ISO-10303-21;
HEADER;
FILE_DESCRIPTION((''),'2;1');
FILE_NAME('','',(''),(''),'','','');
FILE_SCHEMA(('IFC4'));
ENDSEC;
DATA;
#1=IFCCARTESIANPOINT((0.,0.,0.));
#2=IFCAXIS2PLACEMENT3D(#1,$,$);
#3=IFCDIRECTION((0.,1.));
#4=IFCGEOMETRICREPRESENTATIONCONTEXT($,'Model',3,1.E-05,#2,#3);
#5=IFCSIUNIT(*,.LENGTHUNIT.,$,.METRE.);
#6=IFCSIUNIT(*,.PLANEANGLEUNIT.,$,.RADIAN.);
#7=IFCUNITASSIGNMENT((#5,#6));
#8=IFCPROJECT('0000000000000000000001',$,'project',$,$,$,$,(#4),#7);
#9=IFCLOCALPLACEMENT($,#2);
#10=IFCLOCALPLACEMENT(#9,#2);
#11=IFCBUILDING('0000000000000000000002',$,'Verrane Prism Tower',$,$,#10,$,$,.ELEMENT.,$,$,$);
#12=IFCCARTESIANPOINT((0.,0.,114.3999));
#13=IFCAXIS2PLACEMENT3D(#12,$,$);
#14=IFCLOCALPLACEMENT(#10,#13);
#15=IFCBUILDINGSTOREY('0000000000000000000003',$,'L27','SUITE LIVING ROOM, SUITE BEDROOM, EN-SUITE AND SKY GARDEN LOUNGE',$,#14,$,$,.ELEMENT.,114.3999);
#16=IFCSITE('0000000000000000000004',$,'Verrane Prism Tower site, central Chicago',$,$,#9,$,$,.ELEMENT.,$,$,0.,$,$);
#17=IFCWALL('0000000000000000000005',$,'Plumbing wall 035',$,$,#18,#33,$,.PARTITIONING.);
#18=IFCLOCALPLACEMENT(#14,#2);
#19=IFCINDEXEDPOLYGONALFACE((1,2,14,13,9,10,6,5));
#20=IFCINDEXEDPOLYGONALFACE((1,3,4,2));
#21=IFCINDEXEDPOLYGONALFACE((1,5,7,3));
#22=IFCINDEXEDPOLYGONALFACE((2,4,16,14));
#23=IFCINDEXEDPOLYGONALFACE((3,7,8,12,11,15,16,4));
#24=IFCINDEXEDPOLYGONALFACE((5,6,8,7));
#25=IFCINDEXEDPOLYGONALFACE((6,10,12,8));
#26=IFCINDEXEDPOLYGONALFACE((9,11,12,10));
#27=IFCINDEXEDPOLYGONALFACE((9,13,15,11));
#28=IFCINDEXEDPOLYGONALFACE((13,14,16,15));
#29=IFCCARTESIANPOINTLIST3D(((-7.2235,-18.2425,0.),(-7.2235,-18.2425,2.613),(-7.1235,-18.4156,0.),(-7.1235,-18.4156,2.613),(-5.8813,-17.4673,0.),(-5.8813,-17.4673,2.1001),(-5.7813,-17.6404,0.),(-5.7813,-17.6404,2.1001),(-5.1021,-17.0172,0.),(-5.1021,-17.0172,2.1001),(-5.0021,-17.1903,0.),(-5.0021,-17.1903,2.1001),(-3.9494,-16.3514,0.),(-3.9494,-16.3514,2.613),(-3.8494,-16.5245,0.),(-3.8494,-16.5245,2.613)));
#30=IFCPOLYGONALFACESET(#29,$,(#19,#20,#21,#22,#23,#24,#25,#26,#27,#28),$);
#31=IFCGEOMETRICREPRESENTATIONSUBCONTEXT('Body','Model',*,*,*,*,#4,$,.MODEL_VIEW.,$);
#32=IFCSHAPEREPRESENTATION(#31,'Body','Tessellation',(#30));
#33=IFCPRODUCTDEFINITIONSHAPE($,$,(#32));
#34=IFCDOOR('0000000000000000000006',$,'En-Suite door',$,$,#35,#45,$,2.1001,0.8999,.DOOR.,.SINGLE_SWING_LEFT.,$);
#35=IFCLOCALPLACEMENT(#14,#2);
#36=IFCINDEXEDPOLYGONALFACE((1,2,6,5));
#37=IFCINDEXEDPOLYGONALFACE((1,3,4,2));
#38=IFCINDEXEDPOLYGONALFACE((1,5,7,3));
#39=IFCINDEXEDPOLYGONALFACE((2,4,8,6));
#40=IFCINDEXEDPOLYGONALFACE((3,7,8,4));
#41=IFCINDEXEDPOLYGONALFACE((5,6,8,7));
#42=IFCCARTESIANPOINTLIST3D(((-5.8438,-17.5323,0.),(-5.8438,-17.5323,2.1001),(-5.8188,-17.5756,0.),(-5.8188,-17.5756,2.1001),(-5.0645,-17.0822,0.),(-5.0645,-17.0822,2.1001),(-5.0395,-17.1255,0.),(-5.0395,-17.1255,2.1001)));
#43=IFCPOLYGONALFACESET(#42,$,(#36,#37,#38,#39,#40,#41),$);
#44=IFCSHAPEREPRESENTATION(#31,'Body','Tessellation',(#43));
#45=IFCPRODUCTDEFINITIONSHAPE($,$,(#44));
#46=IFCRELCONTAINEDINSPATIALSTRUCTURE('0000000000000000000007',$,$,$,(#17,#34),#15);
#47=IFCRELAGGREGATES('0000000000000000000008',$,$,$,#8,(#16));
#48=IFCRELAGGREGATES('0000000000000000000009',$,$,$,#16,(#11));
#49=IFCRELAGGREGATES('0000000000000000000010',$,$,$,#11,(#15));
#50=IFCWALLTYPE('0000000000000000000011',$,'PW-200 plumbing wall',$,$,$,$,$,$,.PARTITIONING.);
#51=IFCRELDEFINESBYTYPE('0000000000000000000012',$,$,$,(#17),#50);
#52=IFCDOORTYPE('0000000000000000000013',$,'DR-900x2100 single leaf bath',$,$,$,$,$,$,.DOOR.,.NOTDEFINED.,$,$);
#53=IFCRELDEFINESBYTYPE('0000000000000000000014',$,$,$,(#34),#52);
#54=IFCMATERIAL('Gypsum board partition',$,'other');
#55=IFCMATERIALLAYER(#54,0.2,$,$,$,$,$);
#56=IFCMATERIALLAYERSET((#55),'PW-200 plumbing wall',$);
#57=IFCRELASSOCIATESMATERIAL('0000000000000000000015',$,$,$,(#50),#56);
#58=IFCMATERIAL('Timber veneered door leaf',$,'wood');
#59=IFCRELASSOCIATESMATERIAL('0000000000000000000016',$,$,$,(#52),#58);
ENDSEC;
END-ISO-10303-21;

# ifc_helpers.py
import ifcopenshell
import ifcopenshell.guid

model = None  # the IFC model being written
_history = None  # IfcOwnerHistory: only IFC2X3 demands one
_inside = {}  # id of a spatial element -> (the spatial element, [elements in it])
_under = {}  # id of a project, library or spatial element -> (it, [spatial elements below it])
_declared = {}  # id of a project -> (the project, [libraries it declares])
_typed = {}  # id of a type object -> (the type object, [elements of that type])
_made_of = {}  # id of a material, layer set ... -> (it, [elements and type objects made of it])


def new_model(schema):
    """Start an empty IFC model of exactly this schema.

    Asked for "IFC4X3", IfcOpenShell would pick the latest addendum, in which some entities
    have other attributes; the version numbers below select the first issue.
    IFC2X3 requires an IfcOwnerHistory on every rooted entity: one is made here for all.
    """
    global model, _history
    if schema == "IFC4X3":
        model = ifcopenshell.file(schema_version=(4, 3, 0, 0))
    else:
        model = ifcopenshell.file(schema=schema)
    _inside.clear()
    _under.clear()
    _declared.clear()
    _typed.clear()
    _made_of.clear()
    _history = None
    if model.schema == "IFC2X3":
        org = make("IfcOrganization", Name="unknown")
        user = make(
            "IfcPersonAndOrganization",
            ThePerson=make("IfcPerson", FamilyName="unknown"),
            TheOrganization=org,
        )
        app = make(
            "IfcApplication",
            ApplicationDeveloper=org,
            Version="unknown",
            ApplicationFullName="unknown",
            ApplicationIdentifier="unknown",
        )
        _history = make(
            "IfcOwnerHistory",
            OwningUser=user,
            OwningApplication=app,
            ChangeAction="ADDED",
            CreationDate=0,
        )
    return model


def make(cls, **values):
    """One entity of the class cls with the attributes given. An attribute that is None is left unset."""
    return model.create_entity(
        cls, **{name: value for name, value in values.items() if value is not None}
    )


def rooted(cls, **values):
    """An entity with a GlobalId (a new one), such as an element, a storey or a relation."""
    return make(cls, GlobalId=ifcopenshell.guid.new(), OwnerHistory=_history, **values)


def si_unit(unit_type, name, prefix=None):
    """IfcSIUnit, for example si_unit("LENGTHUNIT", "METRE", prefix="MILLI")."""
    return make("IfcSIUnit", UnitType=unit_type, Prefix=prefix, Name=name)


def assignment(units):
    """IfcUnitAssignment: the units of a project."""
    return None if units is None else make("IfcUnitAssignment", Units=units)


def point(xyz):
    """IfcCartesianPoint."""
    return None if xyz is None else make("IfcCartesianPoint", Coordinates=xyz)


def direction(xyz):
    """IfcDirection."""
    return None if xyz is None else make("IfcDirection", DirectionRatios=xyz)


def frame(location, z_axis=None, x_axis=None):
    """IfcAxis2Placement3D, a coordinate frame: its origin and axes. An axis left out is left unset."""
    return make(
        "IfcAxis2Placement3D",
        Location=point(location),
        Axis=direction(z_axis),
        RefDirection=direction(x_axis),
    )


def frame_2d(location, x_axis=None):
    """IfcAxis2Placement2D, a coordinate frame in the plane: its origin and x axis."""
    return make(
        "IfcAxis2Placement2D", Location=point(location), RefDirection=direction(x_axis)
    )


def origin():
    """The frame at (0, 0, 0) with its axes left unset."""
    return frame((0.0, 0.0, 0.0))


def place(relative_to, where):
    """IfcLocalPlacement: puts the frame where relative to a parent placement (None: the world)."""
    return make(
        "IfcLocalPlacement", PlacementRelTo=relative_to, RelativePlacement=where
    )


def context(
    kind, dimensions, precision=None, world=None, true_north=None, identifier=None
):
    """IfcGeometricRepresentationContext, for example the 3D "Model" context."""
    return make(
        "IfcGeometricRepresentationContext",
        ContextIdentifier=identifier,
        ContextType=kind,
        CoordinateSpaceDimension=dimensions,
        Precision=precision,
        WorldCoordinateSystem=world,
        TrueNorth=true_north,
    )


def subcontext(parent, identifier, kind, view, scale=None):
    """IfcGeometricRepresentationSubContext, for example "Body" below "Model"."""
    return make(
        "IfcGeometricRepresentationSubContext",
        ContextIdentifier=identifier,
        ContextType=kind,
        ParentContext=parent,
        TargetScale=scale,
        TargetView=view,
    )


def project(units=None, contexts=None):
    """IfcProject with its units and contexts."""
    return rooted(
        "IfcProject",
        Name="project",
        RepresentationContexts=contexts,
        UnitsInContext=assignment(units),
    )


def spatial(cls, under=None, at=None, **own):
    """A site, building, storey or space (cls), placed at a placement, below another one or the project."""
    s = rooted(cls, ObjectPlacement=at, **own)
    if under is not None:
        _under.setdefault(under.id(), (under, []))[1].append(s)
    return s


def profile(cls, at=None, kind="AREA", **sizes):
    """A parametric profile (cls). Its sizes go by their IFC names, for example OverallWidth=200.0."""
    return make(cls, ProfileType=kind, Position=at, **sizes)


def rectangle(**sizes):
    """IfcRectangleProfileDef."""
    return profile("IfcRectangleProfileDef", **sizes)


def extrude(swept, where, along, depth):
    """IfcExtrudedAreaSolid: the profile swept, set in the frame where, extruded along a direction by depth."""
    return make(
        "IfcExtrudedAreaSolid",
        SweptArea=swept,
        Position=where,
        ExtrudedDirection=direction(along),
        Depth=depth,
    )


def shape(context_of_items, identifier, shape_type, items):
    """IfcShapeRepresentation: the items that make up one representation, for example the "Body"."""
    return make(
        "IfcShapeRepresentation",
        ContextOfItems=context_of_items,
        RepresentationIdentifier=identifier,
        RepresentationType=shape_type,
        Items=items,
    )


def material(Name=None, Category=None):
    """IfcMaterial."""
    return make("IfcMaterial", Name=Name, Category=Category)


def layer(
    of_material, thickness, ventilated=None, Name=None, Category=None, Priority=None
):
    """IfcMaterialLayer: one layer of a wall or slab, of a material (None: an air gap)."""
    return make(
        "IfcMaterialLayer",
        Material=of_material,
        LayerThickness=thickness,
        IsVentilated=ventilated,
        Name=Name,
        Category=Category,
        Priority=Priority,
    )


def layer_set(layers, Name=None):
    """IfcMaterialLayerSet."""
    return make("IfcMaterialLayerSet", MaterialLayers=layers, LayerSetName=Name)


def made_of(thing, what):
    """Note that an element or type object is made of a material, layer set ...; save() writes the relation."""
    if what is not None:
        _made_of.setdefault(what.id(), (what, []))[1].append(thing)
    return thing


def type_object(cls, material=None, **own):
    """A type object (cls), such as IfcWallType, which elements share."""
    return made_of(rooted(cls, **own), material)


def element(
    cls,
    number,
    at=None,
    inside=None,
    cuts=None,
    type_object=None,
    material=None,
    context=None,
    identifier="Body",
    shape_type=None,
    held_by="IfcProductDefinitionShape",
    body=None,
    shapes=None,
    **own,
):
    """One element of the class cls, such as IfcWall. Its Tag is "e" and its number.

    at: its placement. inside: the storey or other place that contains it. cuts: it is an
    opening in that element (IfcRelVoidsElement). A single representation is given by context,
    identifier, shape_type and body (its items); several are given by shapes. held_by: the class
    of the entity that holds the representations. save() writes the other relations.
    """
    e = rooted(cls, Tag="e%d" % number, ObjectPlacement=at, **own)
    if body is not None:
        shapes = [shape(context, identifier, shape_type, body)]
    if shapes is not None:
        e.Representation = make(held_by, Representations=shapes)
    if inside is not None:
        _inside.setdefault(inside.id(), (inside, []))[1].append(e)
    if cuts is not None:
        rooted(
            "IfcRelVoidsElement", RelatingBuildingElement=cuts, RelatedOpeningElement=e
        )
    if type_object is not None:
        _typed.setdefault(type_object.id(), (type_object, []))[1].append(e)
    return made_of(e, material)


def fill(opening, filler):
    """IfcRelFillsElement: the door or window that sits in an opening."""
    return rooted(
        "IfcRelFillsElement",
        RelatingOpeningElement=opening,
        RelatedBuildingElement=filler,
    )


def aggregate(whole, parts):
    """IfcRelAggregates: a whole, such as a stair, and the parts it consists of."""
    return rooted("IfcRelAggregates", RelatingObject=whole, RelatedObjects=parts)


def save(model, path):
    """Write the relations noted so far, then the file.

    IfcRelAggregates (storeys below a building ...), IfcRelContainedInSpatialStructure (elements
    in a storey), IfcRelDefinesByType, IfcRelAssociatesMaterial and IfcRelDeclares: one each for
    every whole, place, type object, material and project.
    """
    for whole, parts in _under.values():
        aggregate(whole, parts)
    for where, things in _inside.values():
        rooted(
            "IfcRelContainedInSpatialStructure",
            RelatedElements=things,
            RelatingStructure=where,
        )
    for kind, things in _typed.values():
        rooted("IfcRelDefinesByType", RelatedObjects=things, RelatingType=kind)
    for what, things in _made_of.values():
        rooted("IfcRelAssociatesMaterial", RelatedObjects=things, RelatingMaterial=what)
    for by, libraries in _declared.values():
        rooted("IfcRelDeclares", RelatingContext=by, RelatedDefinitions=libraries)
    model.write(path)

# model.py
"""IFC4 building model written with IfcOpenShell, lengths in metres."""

from ifc_helpers import new_model, si_unit, direction, frame, frame_2d, origin, place, context, subcontext, project, spatial, rectangle, extrude, material, layer, layer_set, type_object, element, fill, save


model = new_model("IFC4")

# Units and contexts
model_context = context("Model", 3, precision=1e-05, world=origin(), true_north=direction((0.0, 1.0)))
body_context = subcontext(model_context, "Body", "Model", "MODEL_VIEW")
ifc_project = project(units=[si_unit("LENGTHUNIT", "METRE"), si_unit("PLANEANGLEUNIT", "RADIAN")], contexts=[model_context])

# Site, building, storey
site_placement = place(None, origin())
site = spatial("IfcSite", under=ifc_project, at=site_placement, Name="Verrane Prism Tower site, central Chicago", CompositionType="ELEMENT", RefElevation=0.0)
building_placement = place(site_placement, origin())
building = spatial("IfcBuilding", under=site, at=building_placement, Name="Verrane Prism Tower", CompositionType="ELEMENT")
storey_placement = place(building_placement, frame((0.0, 0.0, 114.3999)))
storey = spatial("IfcBuildingStorey", under=building, at=storey_placement, Name="L27", Description="SUITE LIVING ROOM, SUITE BEDROOM, EN-SUITE AND SKY GARDEN LOUNGE", CompositionType="ELEMENT", Elevation=114.3999)

# Wall, opening, door
ifc_material_1 = material(Name="Gypsum board partition", Category="other")
ifc_layer_1 = layer(ifc_material_1, 0.2)
ifc_layer_set_1 = layer_set([ifc_layer_1], Name="PW-200 plumbing wall")
wall_type_1 = type_object("IfcWallType", Name="PW-200 plumbing wall", PredefinedType="PARTITIONING", material=ifc_layer_set_1)
wall_1_placement = place(storey_placement, frame((-7.1736, -18.3291, 0.0), z_axis=(0.0, 0.0, 1.0), x_axis=(0.865937, 0.500153, 0.0)))
wall_1 = element("IfcWall", 1, at=wall_1_placement, inside=storey, type_object=wall_type_1, Name="Plumbing wall 035", PredefinedType="PARTITIONING", context=body_context, shape_type="SweptSolid", body=[
    extrude(rectangle(XDim=3.781, YDim=0.2, at=frame_2d((1.8906, 0.0))), origin(), (0.0, 0.0, 1.0), 2.613),
])
opening_1_placement = place(wall_1_placement, frame((1.55, 0.0, 0.0)))
opening_1 = element("IfcOpeningElement", 2, at=opening_1_placement, cuts=wall_1, PredefinedType="OPENING", context=body_context, shape_type="SweptSolid", body=[
    extrude(rectangle(XDim=0.8999, YDim=2.1001, at=frame_2d((0.45, 1.05))), frame((0.0, 0.1099, 0.0), z_axis=(0.0, -1.0, 0.0), x_axis=(1.0, 0.0, 0.0)), (0.0, 0.0, 1.0), 0.22),
])
ifc_material_2 = material(Name="Timber veneered door leaf", Category="wood")
door_type_1 = type_object("IfcDoorType", Name="DR-900x2100 single leaf bath", OperationType="NOTDEFINED", PredefinedType="DOOR", material=ifc_material_2)
door_1_placement = place(opening_1_placement, origin())
door_1 = element("IfcDoor", 3, at=door_1_placement, inside=storey, type_object=door_type_1, Name="En-Suite door", OperationType="SINGLE_SWING_LEFT", OverallHeight=2.1001, OverallWidth=0.8999, PredefinedType="DOOR", context=body_context, shape_type="SweptSolid", body=[
    extrude(rectangle(XDim=0.8999, YDim=2.1001, at=frame_2d((0.45, 1.05))), frame((0.0, 0.0249, 0.0), z_axis=(0.0, -1.0, 0.0), x_axis=(1.0, 0.0, 0.0)), (0.0, 0.0, 1.0), 0.05),
])
fill(opening_1, door_1)

save(model, "model.ifc")
